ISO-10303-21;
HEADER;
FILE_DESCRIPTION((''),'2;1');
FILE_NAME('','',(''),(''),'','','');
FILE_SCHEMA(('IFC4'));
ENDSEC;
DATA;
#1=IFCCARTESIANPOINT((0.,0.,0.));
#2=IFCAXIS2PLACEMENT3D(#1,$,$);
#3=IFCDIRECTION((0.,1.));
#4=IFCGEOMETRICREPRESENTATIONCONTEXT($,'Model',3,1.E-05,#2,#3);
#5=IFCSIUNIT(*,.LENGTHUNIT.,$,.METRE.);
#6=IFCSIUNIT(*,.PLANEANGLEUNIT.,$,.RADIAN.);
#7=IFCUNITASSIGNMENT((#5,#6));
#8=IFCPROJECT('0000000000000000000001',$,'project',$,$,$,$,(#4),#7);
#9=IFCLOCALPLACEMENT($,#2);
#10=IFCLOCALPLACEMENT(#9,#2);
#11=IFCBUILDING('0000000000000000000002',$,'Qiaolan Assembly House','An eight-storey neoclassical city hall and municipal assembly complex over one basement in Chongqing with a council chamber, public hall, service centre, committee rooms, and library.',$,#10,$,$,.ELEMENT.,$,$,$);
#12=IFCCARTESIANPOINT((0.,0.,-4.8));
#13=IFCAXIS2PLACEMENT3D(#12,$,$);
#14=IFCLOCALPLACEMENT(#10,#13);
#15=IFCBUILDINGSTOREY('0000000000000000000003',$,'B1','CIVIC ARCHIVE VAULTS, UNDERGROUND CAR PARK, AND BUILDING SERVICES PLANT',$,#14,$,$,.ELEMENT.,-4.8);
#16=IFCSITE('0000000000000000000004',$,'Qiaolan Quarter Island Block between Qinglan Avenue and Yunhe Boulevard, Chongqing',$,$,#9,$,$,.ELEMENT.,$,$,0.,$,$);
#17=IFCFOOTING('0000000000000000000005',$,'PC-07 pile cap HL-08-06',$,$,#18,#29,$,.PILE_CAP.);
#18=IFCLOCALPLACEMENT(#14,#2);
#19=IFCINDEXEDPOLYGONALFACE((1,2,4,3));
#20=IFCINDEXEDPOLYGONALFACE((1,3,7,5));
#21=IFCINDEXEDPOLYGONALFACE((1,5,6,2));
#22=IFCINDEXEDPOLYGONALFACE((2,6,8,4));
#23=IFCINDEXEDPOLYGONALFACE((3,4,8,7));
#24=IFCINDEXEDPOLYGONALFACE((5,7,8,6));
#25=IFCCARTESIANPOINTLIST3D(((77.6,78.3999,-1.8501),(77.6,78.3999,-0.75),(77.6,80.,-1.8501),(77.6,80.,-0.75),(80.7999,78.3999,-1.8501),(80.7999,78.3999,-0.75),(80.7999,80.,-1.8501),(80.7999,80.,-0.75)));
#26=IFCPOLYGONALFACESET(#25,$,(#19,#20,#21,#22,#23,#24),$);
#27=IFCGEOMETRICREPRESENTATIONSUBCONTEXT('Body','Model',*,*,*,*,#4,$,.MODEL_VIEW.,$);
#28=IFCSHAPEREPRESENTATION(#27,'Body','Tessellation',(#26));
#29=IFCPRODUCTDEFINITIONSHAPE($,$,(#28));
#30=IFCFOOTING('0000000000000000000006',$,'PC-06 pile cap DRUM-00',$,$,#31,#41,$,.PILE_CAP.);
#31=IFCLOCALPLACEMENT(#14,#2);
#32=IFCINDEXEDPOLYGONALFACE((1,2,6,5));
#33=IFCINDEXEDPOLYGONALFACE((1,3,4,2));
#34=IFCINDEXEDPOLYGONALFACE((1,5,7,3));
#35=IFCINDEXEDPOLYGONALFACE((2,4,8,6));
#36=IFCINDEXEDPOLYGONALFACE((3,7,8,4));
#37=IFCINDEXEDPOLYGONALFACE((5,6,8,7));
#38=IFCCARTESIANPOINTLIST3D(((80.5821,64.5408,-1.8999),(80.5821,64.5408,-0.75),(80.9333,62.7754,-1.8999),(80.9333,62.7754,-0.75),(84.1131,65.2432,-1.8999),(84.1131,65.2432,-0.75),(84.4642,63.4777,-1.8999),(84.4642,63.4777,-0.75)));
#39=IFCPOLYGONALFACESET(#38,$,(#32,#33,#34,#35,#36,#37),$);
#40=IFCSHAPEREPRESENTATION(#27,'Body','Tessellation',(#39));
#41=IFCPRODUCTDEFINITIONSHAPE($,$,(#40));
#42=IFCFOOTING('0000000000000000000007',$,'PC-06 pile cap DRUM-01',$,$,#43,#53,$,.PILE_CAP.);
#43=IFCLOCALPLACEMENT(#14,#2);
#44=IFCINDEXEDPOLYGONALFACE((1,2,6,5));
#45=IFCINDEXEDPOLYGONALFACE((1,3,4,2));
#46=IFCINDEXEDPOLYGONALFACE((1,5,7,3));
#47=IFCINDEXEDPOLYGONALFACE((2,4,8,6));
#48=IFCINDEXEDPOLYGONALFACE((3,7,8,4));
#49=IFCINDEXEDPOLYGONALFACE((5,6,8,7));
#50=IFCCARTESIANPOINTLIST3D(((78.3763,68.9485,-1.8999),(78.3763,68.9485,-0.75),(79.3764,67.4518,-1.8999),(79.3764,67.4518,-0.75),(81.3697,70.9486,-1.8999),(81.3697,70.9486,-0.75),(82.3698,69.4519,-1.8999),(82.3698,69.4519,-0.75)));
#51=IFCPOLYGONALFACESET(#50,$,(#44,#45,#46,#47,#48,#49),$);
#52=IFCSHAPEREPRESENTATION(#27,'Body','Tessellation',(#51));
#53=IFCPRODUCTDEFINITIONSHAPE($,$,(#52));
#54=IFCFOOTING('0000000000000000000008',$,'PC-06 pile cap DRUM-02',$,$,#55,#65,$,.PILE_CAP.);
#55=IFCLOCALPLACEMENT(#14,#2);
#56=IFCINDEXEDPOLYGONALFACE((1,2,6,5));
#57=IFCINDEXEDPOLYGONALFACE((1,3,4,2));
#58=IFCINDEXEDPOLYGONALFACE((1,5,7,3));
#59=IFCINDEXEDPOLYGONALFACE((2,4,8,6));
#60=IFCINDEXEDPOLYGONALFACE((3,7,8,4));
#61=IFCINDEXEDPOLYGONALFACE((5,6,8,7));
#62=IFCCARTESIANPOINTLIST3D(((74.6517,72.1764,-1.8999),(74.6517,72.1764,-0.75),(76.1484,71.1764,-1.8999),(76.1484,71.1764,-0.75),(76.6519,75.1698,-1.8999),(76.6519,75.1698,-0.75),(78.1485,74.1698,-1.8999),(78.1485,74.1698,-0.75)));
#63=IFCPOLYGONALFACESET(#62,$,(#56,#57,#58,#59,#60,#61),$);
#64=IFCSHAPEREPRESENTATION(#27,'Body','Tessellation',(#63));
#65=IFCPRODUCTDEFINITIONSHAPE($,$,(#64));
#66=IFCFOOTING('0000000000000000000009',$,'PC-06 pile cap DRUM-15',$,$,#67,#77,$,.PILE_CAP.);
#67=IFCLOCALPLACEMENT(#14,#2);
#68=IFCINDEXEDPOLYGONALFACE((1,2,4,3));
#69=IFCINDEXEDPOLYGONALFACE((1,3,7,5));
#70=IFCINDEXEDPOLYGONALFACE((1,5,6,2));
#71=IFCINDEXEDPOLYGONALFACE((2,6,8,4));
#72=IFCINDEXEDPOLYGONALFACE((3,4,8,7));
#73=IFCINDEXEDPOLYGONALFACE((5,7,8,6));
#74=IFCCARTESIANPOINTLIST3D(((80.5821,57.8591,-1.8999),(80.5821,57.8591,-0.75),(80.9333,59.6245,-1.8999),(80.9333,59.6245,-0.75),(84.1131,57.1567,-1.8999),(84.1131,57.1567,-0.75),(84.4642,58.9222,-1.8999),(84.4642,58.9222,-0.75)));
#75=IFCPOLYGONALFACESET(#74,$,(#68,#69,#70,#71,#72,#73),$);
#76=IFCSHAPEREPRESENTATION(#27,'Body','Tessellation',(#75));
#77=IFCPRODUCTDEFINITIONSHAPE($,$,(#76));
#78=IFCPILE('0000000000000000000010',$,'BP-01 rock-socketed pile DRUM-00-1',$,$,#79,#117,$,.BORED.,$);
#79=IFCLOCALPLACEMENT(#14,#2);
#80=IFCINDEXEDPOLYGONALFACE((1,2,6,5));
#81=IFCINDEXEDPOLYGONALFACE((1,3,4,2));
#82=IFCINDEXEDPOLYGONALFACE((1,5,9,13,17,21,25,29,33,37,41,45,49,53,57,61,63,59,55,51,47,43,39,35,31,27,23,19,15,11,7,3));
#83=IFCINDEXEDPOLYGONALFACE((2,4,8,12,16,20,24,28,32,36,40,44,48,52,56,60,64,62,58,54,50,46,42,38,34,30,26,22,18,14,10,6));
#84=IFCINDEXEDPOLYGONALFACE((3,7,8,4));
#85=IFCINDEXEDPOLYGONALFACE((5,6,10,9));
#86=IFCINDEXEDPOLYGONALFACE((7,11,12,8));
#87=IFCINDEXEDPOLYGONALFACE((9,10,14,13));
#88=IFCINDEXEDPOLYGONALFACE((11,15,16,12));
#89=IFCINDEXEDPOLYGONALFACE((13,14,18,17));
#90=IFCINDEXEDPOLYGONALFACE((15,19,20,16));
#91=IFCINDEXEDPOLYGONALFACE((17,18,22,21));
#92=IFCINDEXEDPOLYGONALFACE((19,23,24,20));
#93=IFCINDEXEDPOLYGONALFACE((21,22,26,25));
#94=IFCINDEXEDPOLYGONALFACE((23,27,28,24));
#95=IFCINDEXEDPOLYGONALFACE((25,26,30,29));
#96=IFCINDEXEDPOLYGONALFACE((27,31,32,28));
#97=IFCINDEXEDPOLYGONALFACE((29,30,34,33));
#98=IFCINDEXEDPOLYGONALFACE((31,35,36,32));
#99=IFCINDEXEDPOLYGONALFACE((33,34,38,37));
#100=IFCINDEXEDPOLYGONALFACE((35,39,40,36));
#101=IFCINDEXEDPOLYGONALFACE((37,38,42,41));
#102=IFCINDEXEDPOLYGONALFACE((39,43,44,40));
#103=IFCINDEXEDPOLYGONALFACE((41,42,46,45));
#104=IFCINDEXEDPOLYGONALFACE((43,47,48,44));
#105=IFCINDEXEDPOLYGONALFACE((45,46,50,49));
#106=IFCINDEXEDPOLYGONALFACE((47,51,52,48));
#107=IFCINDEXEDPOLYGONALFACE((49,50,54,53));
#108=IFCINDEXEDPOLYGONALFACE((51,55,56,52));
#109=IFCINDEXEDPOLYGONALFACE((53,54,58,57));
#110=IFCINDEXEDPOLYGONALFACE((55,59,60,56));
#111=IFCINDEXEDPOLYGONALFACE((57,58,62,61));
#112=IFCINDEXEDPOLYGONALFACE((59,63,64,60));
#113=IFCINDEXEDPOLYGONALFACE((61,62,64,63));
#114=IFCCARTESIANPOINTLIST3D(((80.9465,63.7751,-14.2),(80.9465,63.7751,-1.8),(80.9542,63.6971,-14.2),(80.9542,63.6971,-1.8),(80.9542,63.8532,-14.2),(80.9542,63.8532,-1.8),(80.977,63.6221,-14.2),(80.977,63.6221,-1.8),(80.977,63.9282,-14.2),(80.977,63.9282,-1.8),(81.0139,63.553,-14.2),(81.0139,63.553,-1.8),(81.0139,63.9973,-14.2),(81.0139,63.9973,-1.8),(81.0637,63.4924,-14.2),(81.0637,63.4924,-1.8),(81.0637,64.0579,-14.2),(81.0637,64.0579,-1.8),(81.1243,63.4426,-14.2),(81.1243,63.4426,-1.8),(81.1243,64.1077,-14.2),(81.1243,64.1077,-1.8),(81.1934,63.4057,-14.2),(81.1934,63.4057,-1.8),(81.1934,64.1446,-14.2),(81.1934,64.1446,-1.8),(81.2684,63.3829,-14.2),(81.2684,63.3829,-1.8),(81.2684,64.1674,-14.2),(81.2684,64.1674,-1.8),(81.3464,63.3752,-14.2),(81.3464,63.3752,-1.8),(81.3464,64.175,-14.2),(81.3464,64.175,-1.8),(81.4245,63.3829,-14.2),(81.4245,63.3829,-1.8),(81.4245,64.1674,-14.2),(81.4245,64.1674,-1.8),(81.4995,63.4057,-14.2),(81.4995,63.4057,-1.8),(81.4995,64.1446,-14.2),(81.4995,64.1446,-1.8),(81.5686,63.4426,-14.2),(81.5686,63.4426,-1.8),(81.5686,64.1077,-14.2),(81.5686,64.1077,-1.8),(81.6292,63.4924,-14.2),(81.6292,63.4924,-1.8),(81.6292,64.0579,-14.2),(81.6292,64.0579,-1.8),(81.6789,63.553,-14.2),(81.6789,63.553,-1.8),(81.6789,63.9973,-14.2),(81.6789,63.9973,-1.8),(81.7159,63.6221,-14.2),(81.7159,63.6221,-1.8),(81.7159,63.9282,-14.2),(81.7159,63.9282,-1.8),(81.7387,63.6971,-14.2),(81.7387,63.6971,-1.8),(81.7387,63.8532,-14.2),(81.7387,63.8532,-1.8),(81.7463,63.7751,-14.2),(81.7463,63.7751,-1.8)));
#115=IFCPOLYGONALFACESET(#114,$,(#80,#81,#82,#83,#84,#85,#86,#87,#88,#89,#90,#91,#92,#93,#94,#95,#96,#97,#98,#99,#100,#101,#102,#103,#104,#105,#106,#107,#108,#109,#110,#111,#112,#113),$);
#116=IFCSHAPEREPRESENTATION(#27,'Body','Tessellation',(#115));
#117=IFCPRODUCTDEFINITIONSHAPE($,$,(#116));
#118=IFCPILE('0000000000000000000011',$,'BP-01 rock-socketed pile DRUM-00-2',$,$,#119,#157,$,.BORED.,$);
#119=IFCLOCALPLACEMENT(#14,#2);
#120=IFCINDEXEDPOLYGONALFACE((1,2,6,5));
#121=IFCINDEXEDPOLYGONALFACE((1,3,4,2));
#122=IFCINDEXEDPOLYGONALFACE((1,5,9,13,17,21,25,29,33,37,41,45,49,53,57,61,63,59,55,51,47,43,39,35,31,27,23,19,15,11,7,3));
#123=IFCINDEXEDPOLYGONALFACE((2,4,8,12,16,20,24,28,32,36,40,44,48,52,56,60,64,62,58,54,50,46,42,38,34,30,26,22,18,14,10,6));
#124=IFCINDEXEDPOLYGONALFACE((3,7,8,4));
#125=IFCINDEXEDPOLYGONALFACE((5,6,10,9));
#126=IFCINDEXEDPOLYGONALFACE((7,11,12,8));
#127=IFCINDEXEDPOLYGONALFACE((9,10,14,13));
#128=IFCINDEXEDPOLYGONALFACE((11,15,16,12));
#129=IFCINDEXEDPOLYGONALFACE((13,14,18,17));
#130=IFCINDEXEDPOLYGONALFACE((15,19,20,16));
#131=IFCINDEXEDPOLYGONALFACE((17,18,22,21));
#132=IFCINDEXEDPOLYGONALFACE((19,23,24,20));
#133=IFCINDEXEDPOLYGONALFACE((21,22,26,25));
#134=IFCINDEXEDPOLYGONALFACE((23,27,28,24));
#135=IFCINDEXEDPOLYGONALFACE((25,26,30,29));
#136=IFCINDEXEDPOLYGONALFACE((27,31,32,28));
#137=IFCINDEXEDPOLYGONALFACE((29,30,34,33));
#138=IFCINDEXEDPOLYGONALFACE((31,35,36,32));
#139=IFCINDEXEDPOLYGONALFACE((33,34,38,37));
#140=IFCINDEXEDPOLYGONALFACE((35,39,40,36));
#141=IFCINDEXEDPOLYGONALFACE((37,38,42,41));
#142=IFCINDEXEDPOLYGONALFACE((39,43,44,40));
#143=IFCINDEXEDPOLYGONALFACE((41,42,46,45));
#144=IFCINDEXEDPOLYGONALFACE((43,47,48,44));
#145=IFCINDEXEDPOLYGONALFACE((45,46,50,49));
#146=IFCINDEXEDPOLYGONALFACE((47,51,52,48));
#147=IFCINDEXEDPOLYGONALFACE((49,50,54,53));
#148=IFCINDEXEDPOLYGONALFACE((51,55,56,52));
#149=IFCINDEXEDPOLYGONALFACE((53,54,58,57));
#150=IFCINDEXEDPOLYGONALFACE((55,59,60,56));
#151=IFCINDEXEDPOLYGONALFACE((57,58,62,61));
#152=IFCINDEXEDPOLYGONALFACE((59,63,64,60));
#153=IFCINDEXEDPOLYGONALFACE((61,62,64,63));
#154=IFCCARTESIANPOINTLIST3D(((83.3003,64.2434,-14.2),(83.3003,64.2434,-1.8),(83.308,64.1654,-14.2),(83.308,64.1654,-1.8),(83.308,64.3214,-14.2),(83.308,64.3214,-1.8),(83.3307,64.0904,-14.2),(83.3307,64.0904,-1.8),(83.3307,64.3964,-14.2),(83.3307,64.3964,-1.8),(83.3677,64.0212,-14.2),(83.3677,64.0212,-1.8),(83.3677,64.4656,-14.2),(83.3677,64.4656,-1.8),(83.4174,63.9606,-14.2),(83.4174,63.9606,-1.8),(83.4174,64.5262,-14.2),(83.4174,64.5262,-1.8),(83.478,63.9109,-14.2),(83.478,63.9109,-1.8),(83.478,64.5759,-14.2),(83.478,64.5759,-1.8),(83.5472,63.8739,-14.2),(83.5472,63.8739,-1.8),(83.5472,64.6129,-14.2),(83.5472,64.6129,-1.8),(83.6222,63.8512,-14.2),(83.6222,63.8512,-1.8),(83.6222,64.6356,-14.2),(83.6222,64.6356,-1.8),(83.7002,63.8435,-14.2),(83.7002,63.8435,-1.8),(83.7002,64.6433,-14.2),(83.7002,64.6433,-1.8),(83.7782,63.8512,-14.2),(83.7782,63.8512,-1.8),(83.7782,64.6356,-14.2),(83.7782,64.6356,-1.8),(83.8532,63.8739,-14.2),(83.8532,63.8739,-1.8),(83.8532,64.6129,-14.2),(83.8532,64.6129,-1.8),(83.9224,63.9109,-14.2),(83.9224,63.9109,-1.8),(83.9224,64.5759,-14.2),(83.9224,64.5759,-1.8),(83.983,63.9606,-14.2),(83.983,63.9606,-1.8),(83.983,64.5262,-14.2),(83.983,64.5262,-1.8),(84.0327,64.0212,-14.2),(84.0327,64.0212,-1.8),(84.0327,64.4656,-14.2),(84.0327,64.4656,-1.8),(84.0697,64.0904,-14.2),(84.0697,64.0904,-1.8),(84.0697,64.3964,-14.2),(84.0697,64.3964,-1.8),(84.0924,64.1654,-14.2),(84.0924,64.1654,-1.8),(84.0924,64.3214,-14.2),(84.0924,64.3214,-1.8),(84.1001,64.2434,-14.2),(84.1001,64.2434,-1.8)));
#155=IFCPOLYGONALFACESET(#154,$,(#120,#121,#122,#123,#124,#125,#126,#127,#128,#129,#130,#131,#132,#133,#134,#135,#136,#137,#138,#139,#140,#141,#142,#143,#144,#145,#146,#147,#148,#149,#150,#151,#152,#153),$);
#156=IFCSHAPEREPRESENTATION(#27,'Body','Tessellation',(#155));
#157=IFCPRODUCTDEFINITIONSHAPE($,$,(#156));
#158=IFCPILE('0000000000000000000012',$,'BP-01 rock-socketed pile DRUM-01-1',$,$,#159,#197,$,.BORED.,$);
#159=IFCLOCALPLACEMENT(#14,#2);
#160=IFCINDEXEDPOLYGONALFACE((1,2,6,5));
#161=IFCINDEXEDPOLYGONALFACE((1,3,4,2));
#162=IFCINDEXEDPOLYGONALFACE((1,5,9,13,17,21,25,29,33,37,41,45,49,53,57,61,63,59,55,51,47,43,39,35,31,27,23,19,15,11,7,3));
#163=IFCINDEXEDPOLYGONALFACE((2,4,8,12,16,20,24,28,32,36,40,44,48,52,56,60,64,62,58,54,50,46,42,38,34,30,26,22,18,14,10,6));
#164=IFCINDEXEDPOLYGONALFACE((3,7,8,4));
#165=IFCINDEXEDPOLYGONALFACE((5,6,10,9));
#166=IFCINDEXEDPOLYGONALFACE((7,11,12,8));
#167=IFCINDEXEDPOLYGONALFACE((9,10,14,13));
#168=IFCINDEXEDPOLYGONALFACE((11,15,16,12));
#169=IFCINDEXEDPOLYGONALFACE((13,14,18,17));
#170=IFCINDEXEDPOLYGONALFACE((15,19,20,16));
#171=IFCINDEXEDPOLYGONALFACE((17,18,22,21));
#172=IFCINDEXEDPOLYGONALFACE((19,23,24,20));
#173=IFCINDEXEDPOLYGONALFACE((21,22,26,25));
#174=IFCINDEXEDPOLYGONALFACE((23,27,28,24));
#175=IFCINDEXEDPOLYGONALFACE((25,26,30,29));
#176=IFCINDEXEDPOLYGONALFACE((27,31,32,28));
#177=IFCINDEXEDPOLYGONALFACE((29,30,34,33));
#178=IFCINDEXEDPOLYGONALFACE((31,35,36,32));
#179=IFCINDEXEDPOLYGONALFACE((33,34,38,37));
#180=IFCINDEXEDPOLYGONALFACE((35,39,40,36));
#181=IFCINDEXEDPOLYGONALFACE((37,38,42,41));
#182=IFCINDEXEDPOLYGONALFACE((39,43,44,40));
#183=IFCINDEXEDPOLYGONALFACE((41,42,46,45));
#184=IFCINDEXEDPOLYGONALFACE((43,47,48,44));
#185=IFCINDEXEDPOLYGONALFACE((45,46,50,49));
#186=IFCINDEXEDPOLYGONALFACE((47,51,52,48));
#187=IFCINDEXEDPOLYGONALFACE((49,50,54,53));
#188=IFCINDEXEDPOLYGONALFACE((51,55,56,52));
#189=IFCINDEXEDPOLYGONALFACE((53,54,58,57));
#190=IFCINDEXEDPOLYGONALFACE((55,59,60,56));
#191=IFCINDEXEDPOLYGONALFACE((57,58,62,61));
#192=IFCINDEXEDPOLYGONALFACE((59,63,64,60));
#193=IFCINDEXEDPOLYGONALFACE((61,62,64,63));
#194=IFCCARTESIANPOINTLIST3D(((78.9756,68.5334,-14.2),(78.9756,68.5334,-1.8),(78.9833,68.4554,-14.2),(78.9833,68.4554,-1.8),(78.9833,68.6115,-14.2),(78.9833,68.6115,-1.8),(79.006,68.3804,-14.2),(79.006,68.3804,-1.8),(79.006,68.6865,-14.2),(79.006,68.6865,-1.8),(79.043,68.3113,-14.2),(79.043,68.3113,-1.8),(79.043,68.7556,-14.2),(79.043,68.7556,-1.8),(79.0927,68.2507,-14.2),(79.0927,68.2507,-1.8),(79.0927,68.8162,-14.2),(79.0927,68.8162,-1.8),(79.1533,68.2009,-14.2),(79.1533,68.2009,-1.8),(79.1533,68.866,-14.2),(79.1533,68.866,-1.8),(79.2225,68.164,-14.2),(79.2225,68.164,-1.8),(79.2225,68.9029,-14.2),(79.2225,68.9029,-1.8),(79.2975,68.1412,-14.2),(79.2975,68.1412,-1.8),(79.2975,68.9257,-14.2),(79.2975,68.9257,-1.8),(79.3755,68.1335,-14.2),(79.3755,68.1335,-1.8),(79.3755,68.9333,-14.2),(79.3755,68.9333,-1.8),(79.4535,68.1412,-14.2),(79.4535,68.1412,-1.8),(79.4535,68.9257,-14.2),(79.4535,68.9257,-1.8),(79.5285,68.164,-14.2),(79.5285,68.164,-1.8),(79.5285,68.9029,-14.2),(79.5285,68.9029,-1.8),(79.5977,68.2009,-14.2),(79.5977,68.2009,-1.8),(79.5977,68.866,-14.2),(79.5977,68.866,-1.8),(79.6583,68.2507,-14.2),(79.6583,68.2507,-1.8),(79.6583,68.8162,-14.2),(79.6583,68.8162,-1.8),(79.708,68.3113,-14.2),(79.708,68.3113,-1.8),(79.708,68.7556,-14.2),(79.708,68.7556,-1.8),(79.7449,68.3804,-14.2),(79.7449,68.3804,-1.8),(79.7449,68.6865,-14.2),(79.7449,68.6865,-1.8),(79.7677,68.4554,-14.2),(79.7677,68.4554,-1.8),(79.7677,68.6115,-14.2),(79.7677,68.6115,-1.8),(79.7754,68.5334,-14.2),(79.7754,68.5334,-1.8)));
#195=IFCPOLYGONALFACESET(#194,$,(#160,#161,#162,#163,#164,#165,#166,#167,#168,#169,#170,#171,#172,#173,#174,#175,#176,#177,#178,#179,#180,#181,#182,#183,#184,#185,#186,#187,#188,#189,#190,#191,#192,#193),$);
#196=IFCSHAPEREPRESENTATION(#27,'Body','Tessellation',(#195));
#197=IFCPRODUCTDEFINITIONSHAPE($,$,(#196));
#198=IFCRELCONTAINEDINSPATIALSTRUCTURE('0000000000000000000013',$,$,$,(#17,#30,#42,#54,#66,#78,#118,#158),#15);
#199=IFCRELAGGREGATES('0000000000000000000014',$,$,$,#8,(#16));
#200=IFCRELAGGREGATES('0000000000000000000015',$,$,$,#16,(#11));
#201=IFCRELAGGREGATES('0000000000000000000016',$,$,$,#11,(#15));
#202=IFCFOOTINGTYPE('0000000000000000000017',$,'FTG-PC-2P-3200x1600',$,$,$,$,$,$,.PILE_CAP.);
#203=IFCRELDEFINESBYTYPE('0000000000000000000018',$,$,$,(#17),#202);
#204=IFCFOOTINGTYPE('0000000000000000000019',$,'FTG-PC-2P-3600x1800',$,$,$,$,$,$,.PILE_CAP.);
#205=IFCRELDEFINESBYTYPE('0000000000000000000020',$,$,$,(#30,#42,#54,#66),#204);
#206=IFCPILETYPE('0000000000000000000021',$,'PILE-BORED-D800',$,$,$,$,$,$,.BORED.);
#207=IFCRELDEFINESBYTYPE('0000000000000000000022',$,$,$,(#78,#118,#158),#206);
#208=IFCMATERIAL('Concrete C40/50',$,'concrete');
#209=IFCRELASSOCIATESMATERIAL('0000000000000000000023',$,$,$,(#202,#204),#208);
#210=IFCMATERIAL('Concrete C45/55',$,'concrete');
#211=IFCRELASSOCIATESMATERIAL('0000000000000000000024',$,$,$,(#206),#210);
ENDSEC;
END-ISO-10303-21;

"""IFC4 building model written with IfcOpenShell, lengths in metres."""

from ifc_helpers import new_model, si_unit, direction, frame, origin, origin_2d, place, context, subcontext, project, spatial, rectangle, circle, extrude, material, material_profile, profile_set, type_object, element, save


model = new_model("IFC4")

# Units and contexts
model_context = context("Model", 3, precision=1e-05, world=origin(), true_north=direction((0.0, 1.0)))
body_context = subcontext(model_context, "Body", "Model", "MODEL_VIEW")
ifc_project = project(units=[si_unit("LENGTHUNIT", "METRE"), si_unit("PLANEANGLEUNIT", "RADIAN")], contexts=[model_context])

# Site, building, storey
site_placement = place(None, origin())
site = spatial("IfcSite", under=ifc_project, at=site_placement, Name="Qiaolan Quarter Island Block between Qinglan Avenue and Yunhe Boulevard, Chongqing", CompositionType="ELEMENT", RefElevation=0.0)
building_placement = place(site_placement, origin())
building = spatial("IfcBuilding", under=site, at=building_placement, Name="Qiaolan Assembly House", Description="An eight-storey neoclassical city hall and municipal assembly complex over one basement in Chongqing with a council chamber, public hall, service centre, committee rooms, and library.", CompositionType="ELEMENT")
storey_placement = place(building_placement, frame((0.0, 0.0, -4.8)))
storey = spatial("IfcBuildingStorey", under=building, at=storey_placement, Name="B1", Description="CIVIC ARCHIVE VAULTS, UNDERGROUND CAR PARK, AND BUILDING SERVICES PLANT", CompositionType="ELEMENT", Elevation=-4.8)

# Footings
ifc_material_1 = material(Name="Concrete C40/50", Category="concrete")
footing_type_1 = type_object("IfcFootingType", Name="FTG-PC-2P-3200x1600", PredefinedType="PILE_CAP", material=ifc_material_1)
footing_placement = place(storey_placement, frame((79.2, 79.2, -1.8501), z_axis=(0.0, 0.0, 1.0), x_axis=(1.0, 0.0, 0.0)))
element("IfcFooting", 1, at=footing_placement, inside=storey, type_object=footing_type_1, Name="PC-07 pile cap HL-08-06", PredefinedType="PILE_CAP", context=body_context, shape_type="SweptSolid", body=[
    extrude(rectangle(XDim=3.2, YDim=1.6001, at=origin_2d()), origin(), (0.0, 0.0, 1.0), 1.1001),
])
footing_type_2 = type_object("IfcFootingType", Name="FTG-PC-2P-3600x1800", PredefinedType="PILE_CAP", material=ifc_material_1)
for number, where, z_axis, x_axis, name in (
    (2, (82.5232, 64.0093, -1.8999), (0.0, 0.0, 1.0), (0.980785, 0.19509, 0.0), "PC-06 pile cap DRUM-00"),
    (3, (80.373, 69.2002, -1.8999), (0.0, 0.0, 1.0), (0.83147, 0.55557, 0.0), "PC-06 pile cap DRUM-01"),
    (4, (76.4001, 73.1731, -1.8999), (0.0, 0.0, 1.0), (0.55557, 0.83147, 0.0), "PC-06 pile cap DRUM-02"),
    (5, (82.5232, 58.3906, -1.8999), (0.0, 0.0, 1.0), (0.980785, -0.19509, 0.0), "PC-06 pile cap DRUM-15"),
):
    element("IfcFooting", number, at=place(storey_placement, frame(where, z_axis=z_axis, x_axis=x_axis)), inside=storey, type_object=footing_type_2, Name=name, PredefinedType="PILE_CAP", context=body_context, shape_type="SweptSolid", body=[
        extrude(rectangle(XDim=3.6001, YDim=1.8, at=origin_2d()), origin(), (0.0, 0.0, 1.0), 1.1499),
    ])

# Piles
ifc_material_2 = material(Name="Concrete C45/55", Category="concrete")
ifc_material_profile_1 = material_profile(ifc_material_2, circle(Radius=0.3999, at=origin_2d()), Name="PILE D800")
ifc_profile_set_1 = profile_set([ifc_material_profile_1], Name="Concrete C45/55")
pile_type = type_object("IfcPileType", Name="PILE-BORED-D800", PredefinedType="BORED", material=ifc_profile_set_1)
for number, where, z_axis, x_axis, name in (
    (6, (81.3464, 63.7751, -1.8), (0.0, 0.0, -1.0), (1.0, 0.0, 0.0), "BP-01 rock-socketed pile DRUM-00-1"),
    (7, (83.7002, 64.2434, -1.8), (0.0, 0.0, -1.0), (1.0, 0.0, 0.0), "BP-01 rock-socketed pile DRUM-00-2"),
    (8, (79.3755, 68.5334, -1.8), (0.0, 0.0, -1.0), (1.0, 0.0, 0.0), "BP-01 rock-socketed pile DRUM-01-1"),
):
    element("IfcPile", number, at=place(storey_placement, frame(where, z_axis=z_axis, x_axis=x_axis)), inside=storey, type_object=pile_type, Name=name, PredefinedType="BORED", context=body_context, shape_type="SweptSolid", body=[
        extrude(circle(Radius=0.3999, at=origin_2d()), origin(), (0.0, 0.0, 1.0), 12.3999),
    ])

save(model, "model.ifc")
